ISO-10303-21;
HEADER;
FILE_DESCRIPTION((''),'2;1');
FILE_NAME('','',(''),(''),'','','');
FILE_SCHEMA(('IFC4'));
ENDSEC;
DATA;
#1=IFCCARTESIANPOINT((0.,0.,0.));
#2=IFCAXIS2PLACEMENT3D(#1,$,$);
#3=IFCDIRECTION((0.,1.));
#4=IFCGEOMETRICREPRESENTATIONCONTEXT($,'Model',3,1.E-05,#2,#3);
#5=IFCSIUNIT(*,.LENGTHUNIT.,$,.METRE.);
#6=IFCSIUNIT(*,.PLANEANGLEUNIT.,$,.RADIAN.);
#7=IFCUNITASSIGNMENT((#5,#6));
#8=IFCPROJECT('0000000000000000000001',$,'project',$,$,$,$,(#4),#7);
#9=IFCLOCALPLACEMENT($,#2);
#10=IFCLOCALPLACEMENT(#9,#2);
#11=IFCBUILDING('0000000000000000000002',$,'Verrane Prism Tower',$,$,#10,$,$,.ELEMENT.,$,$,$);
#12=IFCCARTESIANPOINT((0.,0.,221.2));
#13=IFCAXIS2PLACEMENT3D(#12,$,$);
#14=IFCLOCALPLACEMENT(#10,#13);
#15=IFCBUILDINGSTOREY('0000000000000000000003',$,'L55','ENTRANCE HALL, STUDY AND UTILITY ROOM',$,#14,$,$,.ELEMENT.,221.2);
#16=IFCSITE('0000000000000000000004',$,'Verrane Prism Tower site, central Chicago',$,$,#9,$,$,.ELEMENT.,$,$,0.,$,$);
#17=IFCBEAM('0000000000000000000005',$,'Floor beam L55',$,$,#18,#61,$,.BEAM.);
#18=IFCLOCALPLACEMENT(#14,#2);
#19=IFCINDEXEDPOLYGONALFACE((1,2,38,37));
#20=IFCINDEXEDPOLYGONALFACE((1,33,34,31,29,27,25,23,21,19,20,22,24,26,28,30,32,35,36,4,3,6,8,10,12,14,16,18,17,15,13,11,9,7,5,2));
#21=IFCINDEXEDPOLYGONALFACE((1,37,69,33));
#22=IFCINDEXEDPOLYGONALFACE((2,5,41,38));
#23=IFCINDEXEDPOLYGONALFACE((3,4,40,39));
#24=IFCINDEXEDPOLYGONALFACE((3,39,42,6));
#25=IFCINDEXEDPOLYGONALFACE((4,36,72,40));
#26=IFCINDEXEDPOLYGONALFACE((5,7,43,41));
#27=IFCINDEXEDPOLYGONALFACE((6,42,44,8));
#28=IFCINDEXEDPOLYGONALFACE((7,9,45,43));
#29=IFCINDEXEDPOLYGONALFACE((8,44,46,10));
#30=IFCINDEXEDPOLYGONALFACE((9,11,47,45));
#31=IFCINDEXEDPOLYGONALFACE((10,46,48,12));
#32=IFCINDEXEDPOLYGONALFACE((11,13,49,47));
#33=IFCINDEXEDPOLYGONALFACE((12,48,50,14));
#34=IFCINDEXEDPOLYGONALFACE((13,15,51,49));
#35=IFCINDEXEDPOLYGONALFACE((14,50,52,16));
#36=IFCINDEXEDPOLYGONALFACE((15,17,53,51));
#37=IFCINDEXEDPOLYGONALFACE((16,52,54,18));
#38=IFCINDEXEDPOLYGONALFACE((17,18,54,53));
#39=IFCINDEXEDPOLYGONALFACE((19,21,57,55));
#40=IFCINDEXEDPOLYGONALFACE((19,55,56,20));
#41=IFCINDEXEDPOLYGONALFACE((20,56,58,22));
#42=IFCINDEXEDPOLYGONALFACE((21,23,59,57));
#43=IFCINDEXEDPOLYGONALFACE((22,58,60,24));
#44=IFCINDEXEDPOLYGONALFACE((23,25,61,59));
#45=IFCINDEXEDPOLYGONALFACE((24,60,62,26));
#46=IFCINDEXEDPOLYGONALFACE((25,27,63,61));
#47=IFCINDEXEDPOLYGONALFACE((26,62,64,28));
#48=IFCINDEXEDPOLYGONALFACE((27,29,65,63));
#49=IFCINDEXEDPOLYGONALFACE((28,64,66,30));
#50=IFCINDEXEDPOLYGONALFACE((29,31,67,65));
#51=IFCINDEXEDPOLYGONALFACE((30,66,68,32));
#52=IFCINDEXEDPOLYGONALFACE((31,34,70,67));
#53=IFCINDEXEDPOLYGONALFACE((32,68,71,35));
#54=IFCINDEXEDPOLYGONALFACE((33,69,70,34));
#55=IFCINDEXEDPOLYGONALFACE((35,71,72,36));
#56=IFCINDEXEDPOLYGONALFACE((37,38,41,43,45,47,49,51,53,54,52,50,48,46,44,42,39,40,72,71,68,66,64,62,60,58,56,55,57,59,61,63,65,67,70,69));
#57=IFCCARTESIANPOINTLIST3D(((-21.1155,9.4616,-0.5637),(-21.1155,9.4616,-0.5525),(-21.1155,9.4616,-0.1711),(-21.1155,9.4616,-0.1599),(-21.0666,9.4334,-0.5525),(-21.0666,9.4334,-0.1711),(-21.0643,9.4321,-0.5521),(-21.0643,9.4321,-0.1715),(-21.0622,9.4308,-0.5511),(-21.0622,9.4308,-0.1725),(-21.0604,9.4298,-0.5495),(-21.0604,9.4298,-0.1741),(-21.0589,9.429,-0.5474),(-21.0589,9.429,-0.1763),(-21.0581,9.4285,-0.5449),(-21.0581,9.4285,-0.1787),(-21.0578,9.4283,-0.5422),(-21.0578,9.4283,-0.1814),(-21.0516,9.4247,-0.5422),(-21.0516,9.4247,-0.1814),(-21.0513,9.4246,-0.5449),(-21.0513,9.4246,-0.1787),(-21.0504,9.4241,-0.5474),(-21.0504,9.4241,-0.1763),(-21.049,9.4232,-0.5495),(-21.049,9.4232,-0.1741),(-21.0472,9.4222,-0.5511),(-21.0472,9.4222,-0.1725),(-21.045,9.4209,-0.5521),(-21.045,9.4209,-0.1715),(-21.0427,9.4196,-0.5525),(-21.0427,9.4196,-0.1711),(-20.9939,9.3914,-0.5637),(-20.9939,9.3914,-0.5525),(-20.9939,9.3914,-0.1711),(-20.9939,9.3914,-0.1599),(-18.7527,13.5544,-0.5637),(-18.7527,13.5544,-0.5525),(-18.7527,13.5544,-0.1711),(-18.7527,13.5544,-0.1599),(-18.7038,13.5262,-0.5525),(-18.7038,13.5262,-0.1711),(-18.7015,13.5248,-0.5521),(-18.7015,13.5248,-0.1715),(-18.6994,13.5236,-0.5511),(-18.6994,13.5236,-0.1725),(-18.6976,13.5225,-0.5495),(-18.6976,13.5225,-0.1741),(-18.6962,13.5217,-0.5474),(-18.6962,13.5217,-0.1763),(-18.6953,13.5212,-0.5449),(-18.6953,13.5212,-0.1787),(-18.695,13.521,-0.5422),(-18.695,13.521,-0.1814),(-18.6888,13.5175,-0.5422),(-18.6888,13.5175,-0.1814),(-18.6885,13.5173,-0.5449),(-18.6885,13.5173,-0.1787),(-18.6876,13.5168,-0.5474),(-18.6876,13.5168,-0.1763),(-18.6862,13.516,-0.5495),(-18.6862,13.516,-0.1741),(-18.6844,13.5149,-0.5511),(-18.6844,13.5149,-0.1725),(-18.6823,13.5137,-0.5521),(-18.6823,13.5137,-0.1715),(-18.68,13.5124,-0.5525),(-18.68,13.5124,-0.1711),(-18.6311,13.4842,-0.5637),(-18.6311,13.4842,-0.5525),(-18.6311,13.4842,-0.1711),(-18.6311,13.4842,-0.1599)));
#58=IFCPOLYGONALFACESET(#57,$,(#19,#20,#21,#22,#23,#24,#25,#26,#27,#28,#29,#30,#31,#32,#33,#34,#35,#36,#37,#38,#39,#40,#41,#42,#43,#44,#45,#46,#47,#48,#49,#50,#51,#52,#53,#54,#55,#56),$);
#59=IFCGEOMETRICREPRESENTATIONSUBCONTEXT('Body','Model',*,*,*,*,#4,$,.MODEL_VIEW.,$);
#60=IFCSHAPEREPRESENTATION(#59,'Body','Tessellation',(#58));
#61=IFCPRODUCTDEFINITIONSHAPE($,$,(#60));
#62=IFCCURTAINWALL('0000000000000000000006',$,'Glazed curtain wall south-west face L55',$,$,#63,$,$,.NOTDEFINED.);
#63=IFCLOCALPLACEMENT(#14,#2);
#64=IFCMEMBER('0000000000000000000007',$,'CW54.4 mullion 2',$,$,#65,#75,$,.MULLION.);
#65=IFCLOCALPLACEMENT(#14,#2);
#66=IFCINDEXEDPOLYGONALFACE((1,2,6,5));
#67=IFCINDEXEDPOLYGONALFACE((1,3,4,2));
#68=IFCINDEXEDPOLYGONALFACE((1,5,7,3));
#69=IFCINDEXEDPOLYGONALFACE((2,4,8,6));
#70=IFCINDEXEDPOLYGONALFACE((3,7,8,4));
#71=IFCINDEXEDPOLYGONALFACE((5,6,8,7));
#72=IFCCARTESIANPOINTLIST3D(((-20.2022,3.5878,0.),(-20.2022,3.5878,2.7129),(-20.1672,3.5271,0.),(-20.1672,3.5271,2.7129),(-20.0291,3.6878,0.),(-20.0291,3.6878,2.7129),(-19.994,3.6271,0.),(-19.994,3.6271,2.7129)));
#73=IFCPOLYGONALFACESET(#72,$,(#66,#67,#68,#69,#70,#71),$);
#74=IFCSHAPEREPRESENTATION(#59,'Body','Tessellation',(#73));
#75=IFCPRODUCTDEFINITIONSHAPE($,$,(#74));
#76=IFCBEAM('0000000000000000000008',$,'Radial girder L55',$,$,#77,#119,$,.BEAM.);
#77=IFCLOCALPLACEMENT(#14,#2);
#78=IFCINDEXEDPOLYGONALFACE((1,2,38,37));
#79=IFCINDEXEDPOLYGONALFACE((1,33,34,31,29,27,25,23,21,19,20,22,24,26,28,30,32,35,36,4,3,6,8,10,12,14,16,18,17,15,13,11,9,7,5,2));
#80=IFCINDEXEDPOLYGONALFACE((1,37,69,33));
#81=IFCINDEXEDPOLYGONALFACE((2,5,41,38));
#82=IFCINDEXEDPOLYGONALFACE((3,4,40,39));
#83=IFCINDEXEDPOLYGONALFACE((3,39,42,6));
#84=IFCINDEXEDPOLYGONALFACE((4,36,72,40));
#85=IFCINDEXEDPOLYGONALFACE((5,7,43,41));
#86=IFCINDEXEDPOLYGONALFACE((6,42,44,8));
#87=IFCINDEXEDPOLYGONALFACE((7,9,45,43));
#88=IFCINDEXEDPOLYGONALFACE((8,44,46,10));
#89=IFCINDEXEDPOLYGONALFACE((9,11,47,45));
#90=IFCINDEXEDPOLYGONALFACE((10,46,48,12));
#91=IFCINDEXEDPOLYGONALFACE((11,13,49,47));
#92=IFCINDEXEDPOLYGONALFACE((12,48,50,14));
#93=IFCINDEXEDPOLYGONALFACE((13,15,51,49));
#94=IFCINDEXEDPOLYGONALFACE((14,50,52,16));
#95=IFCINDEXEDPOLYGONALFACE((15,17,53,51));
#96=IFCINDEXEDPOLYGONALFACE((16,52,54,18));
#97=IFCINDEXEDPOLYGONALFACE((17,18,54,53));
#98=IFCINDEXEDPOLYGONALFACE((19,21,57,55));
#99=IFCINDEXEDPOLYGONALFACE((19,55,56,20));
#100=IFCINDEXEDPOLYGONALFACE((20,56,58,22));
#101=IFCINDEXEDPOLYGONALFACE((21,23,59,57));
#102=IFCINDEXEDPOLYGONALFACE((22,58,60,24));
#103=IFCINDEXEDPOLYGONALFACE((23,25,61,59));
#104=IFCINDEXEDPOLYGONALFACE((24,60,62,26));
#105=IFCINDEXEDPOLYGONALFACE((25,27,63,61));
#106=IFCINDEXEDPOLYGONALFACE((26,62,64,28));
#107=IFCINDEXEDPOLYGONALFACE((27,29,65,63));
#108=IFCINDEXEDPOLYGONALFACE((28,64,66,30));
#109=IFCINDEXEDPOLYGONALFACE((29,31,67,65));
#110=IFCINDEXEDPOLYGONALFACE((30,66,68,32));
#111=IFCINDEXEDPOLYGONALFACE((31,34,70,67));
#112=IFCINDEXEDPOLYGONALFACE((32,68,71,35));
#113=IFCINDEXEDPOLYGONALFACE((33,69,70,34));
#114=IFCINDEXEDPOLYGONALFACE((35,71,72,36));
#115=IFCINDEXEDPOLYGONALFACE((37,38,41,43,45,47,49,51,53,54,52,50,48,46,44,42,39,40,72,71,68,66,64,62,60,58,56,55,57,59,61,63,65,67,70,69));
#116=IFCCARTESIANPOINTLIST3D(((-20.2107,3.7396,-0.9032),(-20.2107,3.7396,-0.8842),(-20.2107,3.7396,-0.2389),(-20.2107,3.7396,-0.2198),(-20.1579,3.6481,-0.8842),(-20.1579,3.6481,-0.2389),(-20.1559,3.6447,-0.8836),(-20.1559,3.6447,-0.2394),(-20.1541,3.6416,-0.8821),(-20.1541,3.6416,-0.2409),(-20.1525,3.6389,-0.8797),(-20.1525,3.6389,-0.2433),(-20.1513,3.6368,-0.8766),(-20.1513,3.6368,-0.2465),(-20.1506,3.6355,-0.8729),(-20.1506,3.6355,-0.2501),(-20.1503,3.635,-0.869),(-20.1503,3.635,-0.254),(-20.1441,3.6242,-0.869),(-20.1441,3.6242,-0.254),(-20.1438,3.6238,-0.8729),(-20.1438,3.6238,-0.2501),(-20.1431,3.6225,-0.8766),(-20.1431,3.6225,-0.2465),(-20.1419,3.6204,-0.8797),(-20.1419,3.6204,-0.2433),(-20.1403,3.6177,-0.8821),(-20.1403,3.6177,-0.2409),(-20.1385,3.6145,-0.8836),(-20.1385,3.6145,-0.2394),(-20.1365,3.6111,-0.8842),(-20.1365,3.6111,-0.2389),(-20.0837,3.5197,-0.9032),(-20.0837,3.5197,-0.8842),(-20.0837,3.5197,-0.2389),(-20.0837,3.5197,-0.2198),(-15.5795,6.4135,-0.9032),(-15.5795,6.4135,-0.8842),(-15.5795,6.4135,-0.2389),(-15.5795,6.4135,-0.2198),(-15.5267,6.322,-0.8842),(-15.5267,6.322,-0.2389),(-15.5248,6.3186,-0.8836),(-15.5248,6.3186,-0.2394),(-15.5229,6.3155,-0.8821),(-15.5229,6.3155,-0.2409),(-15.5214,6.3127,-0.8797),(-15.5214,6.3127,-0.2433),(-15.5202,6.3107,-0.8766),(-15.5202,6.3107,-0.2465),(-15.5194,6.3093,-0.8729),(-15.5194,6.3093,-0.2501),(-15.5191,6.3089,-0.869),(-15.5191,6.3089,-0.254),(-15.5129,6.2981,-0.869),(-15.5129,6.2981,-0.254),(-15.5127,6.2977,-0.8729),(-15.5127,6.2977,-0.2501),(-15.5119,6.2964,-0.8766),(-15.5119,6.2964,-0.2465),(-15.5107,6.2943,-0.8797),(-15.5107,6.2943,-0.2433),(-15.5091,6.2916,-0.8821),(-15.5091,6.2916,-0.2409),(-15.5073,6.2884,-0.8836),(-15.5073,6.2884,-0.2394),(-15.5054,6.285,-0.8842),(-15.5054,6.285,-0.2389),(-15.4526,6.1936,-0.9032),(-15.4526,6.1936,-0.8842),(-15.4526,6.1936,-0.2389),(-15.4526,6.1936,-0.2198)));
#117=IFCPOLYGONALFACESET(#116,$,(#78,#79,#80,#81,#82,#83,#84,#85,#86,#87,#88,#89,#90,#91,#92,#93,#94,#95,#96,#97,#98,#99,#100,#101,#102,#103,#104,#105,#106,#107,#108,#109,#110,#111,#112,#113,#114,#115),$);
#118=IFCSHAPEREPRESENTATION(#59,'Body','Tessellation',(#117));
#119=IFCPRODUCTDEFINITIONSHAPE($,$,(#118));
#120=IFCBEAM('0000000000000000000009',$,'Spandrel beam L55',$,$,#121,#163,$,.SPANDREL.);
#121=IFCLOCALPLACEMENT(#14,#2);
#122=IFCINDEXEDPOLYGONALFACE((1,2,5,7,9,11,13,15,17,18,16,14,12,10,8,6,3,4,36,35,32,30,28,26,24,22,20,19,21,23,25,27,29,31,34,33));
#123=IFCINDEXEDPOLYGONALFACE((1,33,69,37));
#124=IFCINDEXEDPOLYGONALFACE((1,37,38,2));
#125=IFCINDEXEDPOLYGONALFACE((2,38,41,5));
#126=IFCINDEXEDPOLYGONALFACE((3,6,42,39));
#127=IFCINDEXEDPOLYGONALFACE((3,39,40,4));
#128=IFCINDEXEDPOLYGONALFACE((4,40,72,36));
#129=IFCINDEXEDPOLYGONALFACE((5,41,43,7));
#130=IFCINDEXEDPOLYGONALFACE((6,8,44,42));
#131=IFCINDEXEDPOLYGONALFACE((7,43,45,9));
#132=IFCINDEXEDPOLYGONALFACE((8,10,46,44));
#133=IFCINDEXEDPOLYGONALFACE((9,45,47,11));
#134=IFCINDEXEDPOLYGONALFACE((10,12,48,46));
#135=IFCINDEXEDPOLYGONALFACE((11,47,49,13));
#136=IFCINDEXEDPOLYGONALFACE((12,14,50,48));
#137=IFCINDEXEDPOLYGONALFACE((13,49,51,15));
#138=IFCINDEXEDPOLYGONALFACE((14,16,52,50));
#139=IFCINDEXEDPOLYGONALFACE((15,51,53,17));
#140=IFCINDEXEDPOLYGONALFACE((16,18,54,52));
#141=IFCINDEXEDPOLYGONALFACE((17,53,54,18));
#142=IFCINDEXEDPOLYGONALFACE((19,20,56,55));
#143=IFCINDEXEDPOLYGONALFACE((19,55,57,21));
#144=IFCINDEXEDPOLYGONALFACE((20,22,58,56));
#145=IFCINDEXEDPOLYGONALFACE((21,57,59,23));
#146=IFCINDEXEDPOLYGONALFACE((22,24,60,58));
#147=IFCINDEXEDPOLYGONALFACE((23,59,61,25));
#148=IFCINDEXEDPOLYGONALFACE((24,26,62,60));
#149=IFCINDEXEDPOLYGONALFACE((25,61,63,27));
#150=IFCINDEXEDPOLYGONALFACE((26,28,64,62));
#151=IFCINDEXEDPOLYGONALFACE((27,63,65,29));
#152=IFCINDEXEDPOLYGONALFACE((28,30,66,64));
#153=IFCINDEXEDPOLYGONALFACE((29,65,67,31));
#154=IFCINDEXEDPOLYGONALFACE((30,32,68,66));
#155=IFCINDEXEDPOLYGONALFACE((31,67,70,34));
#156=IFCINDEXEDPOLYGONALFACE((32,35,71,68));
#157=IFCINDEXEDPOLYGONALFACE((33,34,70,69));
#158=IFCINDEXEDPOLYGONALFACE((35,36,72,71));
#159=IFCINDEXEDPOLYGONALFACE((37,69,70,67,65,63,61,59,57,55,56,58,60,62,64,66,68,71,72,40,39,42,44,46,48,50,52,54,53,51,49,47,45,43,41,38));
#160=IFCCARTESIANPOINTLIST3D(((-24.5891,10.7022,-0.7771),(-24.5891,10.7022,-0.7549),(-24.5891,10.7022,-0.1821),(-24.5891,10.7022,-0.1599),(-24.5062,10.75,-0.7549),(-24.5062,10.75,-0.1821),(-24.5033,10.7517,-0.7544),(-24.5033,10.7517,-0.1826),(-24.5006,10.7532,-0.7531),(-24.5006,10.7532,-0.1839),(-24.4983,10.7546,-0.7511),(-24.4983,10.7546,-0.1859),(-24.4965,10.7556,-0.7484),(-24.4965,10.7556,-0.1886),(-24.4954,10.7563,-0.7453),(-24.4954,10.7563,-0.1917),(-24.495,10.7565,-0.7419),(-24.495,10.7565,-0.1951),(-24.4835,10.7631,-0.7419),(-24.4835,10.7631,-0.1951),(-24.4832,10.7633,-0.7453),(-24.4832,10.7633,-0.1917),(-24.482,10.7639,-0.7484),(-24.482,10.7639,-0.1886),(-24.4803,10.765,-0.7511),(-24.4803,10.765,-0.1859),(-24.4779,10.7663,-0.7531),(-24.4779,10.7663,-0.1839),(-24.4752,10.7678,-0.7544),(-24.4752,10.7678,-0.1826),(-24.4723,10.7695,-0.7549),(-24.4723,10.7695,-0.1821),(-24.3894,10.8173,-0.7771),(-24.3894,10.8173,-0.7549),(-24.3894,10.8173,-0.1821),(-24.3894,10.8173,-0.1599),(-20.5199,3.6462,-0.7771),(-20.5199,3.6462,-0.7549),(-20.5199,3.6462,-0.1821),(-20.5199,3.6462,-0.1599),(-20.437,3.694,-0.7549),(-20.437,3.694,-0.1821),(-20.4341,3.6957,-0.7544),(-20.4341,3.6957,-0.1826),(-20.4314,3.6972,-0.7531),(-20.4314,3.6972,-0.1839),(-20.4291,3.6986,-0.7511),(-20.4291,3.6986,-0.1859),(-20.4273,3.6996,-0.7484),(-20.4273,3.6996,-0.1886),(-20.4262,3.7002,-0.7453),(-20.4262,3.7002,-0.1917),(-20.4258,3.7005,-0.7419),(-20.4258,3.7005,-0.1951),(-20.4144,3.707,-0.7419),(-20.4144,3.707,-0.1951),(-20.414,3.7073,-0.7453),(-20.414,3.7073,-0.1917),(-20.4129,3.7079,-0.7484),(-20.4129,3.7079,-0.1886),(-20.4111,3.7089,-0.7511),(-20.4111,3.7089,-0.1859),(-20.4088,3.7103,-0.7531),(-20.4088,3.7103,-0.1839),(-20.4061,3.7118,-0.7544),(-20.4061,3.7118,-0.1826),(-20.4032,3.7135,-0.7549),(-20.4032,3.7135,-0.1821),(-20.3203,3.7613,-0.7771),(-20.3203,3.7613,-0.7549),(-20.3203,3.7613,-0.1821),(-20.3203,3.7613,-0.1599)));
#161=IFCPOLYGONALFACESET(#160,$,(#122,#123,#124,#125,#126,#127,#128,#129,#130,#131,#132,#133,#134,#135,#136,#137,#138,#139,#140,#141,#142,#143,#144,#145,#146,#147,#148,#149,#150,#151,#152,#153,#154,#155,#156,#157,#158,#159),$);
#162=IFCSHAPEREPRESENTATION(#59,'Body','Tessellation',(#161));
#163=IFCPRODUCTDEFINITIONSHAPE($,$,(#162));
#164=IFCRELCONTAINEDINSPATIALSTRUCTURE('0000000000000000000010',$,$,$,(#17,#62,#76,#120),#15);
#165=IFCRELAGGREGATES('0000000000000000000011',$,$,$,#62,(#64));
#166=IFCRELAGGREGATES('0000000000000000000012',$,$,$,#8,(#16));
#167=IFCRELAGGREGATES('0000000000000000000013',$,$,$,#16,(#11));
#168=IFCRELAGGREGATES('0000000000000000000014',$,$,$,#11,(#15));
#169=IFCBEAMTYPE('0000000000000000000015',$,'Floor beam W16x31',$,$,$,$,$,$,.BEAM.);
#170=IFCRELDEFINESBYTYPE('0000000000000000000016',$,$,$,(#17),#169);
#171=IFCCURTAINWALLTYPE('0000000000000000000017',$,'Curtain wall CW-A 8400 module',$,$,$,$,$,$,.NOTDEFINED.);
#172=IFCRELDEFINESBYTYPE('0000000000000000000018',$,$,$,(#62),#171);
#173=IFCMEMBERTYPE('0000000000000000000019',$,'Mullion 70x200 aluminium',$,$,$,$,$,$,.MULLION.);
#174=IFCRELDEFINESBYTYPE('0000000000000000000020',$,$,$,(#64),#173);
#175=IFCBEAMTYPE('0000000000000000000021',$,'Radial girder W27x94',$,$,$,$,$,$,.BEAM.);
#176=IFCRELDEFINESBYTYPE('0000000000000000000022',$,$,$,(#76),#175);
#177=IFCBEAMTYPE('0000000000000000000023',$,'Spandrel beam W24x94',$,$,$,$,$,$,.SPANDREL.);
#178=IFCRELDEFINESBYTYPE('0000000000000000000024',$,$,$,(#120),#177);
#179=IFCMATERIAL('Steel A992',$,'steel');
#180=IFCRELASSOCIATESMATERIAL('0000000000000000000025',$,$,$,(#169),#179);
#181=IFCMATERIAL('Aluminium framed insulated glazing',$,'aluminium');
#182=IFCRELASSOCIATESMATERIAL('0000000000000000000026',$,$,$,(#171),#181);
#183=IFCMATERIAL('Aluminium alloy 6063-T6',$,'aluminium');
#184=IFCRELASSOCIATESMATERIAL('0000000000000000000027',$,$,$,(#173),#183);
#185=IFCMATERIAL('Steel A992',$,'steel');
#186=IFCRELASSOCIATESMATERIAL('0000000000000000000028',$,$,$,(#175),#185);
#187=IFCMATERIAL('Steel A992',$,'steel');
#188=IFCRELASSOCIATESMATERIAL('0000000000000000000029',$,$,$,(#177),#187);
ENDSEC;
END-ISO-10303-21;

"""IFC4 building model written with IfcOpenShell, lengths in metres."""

from ifc_helpers import new_model, si_unit, direction, frame, origin, origin_2d, place, context, subcontext, project, spatial, rectangle, i_section, extrude, material, material_profile, profile_set, type_object, element, aggregate, save


model = new_model("IFC4")

# Units and contexts
model_context = context("Model", 3, precision=1e-05, world=origin(), true_north=direction((0.0, 1.0)))
body_context = subcontext(model_context, "Body", "Model", "MODEL_VIEW")
ifc_project = project(units=[si_unit("LENGTHUNIT", "METRE"), si_unit("PLANEANGLEUNIT", "RADIAN")], contexts=[model_context])

# Site, building, storey
site_placement = place(None, origin())
site = spatial("IfcSite", under=ifc_project, at=site_placement, Name="Verrane Prism Tower site, central Chicago", CompositionType="ELEMENT", RefElevation=0.0)
building_placement = place(site_placement, origin())
building = spatial("IfcBuilding", under=site, at=building_placement, Name="Verrane Prism Tower", CompositionType="ELEMENT")
storey_placement = place(building_placement, frame((0.0, 0.0, 221.2)))
storey = spatial("IfcBuildingStorey", under=building, at=storey_placement, Name="L55", Description="ENTRANCE HALL, STUDY AND UTILITY ROOM", CompositionType="ELEMENT", Elevation=221.2)

# Beam
ifc_material_1 = material(Name="Steel A992", Category="steel")
ifc_material_profile_1 = material_profile(ifc_material_1, i_section(OverallWidth=0.1404, OverallDepth=0.4038, WebThickness=0.0071, FlangeThickness=0.0112, FilletRadius=0.0103, at=origin_2d()), Name="W16x31")
ifc_profile_set_1 = profile_set([ifc_material_profile_1], Name="Steel A992")
beam_type_1 = type_object("IfcBeamType", Name="Floor beam W16x31", PredefinedType="BEAM", material=ifc_profile_set_1)
beam_1_placement = place(storey_placement, frame((-21.0547, 9.4265, -0.3618), z_axis=(0.499973, 0.866041, 0.0), x_axis=(-0.866041, 0.499973, 0.0)))
element("IfcBeam", 1, at=beam_1_placement, inside=storey, type_object=beam_type_1, Name="Floor beam L55", PredefinedType="BEAM", context=body_context, shape_type="SweptSolid", body=[
    extrude(i_section(OverallWidth=0.1404, OverallDepth=0.4038, WebThickness=0.0071, FlangeThickness=0.0112, FilletRadius=0.0103, at=origin_2d()), origin(), (0.0, 0.0, 1.0), 4.7258),
])

# Curtain wall, member
ifc_material_2 = material(Name="Aluminium framed insulated glazing", Category="aluminium")
curtain_wall_type = type_object("IfcCurtainWallType", Name="Curtain wall CW-A 8400 module", PredefinedType="NOTDEFINED", material=ifc_material_2)
curtain_wall_placement = place(storey_placement, origin())
curtain_wall = element("IfcCurtainWall", 2, at=curtain_wall_placement, inside=storey, type_object=curtain_wall_type, Name="Glazed curtain wall south-west face L55", PredefinedType="NOTDEFINED")
ifc_material_3 = material(Name="Aluminium alloy 6063-T6", Category="aluminium")
ifc_material_profile_2 = material_profile(ifc_material_3, rectangle(XDim=0.2, YDim=0.0701, at=origin_2d()), Name="Mullion 70x200 aluminium")
ifc_profile_set_2 = profile_set([ifc_material_profile_2], Name="Aluminium alloy 6063-T6")
member_type_1 = type_object("IfcMemberType", Name="Mullion 70x200 aluminium", PredefinedType="MULLION", material=ifc_profile_set_2)
member_1_placement = place(storey_placement, frame((-20.0981, 3.6074, 0.0), z_axis=(0.0, 0.0, 1.0), x_axis=(0.866025, 0.500001, 0.0)))
member_1 = element("IfcMember", 3, at=member_1_placement, type_object=member_type_1, Name="CW54.4 mullion 2", PredefinedType="MULLION", context=body_context, shape_type="SweptSolid", body=[
    extrude(rectangle(XDim=0.2, YDim=0.0701, at=origin_2d()), origin(), (0.0, 0.0, 1.0), 2.7129),
])

# Beams
ifc_material_4 = material(Name="Steel A992", Category="steel")
ifc_material_profile_3 = material_profile(ifc_material_4, i_section(OverallWidth=0.2539, OverallDepth=0.6833, WebThickness=0.0125, FlangeThickness=0.019, FilletRadius=0.0151, at=origin_2d()), Name="W27x94")
ifc_profile_set_3 = profile_set([ifc_material_profile_3], Name="Steel A992")
beam_type_2 = type_object("IfcBeamType", Name="Radial girder W27x94", PredefinedType="BEAM", material=ifc_profile_set_3)
beam_2_placement = place(storey_placement, frame((-20.1472, 3.6296, -0.5615), z_axis=(0.866021, 0.500008, 0.0), x_axis=(-0.500008, 0.866021, 0.0)))
element("IfcBeam", 4, at=beam_2_placement, inside=storey, type_object=beam_type_2, Name="Radial girder L55", PredefinedType="BEAM", context=body_context, shape_type="SweptSolid", body=[
    extrude(i_section(OverallWidth=0.2539, OverallDepth=0.6833, WebThickness=0.0125, FlangeThickness=0.019, FilletRadius=0.0151, at=origin_2d()), origin(), (0.0, 0.0, 1.0), 5.3477),
])
ifc_material_5 = material(Name="Steel A992", Category="steel")
ifc_material_profile_4 = material_profile(ifc_material_5, i_section(OverallWidth=0.2305, OverallDepth=0.6172, WebThickness=0.0132, FlangeThickness=0.0222, FilletRadius=0.0129, at=origin_2d()), Name="W24x94")
ifc_profile_set_4 = profile_set([ifc_material_profile_4], Name="Steel A992")
beam_type_3 = type_object("IfcBeamType", Name="Spandrel beam W24x94", PredefinedType="SPANDREL", material=ifc_profile_set_4)
beam_3_placement = place(storey_placement, frame((-24.4893, 10.7598, -0.4685), z_axis=(0.499573, -0.866272, 0.0), x_axis=(0.866272, 0.499573, 0.0)))
element("IfcBeam", 5, at=beam_3_placement, inside=storey, type_object=beam_type_3, Name="Spandrel beam L55", PredefinedType="SPANDREL", context=body_context, shape_type="SweptSolid", body=[
    extrude(i_section(OverallWidth=0.2305, OverallDepth=0.6172, WebThickness=0.0132, FlangeThickness=0.0222, FilletRadius=0.0129, at=origin_2d()), origin(), (0.0, 0.0, 1.0), 8.1453),
])

aggregate(curtain_wall, [member_1])

save(model, "model.ifc")
